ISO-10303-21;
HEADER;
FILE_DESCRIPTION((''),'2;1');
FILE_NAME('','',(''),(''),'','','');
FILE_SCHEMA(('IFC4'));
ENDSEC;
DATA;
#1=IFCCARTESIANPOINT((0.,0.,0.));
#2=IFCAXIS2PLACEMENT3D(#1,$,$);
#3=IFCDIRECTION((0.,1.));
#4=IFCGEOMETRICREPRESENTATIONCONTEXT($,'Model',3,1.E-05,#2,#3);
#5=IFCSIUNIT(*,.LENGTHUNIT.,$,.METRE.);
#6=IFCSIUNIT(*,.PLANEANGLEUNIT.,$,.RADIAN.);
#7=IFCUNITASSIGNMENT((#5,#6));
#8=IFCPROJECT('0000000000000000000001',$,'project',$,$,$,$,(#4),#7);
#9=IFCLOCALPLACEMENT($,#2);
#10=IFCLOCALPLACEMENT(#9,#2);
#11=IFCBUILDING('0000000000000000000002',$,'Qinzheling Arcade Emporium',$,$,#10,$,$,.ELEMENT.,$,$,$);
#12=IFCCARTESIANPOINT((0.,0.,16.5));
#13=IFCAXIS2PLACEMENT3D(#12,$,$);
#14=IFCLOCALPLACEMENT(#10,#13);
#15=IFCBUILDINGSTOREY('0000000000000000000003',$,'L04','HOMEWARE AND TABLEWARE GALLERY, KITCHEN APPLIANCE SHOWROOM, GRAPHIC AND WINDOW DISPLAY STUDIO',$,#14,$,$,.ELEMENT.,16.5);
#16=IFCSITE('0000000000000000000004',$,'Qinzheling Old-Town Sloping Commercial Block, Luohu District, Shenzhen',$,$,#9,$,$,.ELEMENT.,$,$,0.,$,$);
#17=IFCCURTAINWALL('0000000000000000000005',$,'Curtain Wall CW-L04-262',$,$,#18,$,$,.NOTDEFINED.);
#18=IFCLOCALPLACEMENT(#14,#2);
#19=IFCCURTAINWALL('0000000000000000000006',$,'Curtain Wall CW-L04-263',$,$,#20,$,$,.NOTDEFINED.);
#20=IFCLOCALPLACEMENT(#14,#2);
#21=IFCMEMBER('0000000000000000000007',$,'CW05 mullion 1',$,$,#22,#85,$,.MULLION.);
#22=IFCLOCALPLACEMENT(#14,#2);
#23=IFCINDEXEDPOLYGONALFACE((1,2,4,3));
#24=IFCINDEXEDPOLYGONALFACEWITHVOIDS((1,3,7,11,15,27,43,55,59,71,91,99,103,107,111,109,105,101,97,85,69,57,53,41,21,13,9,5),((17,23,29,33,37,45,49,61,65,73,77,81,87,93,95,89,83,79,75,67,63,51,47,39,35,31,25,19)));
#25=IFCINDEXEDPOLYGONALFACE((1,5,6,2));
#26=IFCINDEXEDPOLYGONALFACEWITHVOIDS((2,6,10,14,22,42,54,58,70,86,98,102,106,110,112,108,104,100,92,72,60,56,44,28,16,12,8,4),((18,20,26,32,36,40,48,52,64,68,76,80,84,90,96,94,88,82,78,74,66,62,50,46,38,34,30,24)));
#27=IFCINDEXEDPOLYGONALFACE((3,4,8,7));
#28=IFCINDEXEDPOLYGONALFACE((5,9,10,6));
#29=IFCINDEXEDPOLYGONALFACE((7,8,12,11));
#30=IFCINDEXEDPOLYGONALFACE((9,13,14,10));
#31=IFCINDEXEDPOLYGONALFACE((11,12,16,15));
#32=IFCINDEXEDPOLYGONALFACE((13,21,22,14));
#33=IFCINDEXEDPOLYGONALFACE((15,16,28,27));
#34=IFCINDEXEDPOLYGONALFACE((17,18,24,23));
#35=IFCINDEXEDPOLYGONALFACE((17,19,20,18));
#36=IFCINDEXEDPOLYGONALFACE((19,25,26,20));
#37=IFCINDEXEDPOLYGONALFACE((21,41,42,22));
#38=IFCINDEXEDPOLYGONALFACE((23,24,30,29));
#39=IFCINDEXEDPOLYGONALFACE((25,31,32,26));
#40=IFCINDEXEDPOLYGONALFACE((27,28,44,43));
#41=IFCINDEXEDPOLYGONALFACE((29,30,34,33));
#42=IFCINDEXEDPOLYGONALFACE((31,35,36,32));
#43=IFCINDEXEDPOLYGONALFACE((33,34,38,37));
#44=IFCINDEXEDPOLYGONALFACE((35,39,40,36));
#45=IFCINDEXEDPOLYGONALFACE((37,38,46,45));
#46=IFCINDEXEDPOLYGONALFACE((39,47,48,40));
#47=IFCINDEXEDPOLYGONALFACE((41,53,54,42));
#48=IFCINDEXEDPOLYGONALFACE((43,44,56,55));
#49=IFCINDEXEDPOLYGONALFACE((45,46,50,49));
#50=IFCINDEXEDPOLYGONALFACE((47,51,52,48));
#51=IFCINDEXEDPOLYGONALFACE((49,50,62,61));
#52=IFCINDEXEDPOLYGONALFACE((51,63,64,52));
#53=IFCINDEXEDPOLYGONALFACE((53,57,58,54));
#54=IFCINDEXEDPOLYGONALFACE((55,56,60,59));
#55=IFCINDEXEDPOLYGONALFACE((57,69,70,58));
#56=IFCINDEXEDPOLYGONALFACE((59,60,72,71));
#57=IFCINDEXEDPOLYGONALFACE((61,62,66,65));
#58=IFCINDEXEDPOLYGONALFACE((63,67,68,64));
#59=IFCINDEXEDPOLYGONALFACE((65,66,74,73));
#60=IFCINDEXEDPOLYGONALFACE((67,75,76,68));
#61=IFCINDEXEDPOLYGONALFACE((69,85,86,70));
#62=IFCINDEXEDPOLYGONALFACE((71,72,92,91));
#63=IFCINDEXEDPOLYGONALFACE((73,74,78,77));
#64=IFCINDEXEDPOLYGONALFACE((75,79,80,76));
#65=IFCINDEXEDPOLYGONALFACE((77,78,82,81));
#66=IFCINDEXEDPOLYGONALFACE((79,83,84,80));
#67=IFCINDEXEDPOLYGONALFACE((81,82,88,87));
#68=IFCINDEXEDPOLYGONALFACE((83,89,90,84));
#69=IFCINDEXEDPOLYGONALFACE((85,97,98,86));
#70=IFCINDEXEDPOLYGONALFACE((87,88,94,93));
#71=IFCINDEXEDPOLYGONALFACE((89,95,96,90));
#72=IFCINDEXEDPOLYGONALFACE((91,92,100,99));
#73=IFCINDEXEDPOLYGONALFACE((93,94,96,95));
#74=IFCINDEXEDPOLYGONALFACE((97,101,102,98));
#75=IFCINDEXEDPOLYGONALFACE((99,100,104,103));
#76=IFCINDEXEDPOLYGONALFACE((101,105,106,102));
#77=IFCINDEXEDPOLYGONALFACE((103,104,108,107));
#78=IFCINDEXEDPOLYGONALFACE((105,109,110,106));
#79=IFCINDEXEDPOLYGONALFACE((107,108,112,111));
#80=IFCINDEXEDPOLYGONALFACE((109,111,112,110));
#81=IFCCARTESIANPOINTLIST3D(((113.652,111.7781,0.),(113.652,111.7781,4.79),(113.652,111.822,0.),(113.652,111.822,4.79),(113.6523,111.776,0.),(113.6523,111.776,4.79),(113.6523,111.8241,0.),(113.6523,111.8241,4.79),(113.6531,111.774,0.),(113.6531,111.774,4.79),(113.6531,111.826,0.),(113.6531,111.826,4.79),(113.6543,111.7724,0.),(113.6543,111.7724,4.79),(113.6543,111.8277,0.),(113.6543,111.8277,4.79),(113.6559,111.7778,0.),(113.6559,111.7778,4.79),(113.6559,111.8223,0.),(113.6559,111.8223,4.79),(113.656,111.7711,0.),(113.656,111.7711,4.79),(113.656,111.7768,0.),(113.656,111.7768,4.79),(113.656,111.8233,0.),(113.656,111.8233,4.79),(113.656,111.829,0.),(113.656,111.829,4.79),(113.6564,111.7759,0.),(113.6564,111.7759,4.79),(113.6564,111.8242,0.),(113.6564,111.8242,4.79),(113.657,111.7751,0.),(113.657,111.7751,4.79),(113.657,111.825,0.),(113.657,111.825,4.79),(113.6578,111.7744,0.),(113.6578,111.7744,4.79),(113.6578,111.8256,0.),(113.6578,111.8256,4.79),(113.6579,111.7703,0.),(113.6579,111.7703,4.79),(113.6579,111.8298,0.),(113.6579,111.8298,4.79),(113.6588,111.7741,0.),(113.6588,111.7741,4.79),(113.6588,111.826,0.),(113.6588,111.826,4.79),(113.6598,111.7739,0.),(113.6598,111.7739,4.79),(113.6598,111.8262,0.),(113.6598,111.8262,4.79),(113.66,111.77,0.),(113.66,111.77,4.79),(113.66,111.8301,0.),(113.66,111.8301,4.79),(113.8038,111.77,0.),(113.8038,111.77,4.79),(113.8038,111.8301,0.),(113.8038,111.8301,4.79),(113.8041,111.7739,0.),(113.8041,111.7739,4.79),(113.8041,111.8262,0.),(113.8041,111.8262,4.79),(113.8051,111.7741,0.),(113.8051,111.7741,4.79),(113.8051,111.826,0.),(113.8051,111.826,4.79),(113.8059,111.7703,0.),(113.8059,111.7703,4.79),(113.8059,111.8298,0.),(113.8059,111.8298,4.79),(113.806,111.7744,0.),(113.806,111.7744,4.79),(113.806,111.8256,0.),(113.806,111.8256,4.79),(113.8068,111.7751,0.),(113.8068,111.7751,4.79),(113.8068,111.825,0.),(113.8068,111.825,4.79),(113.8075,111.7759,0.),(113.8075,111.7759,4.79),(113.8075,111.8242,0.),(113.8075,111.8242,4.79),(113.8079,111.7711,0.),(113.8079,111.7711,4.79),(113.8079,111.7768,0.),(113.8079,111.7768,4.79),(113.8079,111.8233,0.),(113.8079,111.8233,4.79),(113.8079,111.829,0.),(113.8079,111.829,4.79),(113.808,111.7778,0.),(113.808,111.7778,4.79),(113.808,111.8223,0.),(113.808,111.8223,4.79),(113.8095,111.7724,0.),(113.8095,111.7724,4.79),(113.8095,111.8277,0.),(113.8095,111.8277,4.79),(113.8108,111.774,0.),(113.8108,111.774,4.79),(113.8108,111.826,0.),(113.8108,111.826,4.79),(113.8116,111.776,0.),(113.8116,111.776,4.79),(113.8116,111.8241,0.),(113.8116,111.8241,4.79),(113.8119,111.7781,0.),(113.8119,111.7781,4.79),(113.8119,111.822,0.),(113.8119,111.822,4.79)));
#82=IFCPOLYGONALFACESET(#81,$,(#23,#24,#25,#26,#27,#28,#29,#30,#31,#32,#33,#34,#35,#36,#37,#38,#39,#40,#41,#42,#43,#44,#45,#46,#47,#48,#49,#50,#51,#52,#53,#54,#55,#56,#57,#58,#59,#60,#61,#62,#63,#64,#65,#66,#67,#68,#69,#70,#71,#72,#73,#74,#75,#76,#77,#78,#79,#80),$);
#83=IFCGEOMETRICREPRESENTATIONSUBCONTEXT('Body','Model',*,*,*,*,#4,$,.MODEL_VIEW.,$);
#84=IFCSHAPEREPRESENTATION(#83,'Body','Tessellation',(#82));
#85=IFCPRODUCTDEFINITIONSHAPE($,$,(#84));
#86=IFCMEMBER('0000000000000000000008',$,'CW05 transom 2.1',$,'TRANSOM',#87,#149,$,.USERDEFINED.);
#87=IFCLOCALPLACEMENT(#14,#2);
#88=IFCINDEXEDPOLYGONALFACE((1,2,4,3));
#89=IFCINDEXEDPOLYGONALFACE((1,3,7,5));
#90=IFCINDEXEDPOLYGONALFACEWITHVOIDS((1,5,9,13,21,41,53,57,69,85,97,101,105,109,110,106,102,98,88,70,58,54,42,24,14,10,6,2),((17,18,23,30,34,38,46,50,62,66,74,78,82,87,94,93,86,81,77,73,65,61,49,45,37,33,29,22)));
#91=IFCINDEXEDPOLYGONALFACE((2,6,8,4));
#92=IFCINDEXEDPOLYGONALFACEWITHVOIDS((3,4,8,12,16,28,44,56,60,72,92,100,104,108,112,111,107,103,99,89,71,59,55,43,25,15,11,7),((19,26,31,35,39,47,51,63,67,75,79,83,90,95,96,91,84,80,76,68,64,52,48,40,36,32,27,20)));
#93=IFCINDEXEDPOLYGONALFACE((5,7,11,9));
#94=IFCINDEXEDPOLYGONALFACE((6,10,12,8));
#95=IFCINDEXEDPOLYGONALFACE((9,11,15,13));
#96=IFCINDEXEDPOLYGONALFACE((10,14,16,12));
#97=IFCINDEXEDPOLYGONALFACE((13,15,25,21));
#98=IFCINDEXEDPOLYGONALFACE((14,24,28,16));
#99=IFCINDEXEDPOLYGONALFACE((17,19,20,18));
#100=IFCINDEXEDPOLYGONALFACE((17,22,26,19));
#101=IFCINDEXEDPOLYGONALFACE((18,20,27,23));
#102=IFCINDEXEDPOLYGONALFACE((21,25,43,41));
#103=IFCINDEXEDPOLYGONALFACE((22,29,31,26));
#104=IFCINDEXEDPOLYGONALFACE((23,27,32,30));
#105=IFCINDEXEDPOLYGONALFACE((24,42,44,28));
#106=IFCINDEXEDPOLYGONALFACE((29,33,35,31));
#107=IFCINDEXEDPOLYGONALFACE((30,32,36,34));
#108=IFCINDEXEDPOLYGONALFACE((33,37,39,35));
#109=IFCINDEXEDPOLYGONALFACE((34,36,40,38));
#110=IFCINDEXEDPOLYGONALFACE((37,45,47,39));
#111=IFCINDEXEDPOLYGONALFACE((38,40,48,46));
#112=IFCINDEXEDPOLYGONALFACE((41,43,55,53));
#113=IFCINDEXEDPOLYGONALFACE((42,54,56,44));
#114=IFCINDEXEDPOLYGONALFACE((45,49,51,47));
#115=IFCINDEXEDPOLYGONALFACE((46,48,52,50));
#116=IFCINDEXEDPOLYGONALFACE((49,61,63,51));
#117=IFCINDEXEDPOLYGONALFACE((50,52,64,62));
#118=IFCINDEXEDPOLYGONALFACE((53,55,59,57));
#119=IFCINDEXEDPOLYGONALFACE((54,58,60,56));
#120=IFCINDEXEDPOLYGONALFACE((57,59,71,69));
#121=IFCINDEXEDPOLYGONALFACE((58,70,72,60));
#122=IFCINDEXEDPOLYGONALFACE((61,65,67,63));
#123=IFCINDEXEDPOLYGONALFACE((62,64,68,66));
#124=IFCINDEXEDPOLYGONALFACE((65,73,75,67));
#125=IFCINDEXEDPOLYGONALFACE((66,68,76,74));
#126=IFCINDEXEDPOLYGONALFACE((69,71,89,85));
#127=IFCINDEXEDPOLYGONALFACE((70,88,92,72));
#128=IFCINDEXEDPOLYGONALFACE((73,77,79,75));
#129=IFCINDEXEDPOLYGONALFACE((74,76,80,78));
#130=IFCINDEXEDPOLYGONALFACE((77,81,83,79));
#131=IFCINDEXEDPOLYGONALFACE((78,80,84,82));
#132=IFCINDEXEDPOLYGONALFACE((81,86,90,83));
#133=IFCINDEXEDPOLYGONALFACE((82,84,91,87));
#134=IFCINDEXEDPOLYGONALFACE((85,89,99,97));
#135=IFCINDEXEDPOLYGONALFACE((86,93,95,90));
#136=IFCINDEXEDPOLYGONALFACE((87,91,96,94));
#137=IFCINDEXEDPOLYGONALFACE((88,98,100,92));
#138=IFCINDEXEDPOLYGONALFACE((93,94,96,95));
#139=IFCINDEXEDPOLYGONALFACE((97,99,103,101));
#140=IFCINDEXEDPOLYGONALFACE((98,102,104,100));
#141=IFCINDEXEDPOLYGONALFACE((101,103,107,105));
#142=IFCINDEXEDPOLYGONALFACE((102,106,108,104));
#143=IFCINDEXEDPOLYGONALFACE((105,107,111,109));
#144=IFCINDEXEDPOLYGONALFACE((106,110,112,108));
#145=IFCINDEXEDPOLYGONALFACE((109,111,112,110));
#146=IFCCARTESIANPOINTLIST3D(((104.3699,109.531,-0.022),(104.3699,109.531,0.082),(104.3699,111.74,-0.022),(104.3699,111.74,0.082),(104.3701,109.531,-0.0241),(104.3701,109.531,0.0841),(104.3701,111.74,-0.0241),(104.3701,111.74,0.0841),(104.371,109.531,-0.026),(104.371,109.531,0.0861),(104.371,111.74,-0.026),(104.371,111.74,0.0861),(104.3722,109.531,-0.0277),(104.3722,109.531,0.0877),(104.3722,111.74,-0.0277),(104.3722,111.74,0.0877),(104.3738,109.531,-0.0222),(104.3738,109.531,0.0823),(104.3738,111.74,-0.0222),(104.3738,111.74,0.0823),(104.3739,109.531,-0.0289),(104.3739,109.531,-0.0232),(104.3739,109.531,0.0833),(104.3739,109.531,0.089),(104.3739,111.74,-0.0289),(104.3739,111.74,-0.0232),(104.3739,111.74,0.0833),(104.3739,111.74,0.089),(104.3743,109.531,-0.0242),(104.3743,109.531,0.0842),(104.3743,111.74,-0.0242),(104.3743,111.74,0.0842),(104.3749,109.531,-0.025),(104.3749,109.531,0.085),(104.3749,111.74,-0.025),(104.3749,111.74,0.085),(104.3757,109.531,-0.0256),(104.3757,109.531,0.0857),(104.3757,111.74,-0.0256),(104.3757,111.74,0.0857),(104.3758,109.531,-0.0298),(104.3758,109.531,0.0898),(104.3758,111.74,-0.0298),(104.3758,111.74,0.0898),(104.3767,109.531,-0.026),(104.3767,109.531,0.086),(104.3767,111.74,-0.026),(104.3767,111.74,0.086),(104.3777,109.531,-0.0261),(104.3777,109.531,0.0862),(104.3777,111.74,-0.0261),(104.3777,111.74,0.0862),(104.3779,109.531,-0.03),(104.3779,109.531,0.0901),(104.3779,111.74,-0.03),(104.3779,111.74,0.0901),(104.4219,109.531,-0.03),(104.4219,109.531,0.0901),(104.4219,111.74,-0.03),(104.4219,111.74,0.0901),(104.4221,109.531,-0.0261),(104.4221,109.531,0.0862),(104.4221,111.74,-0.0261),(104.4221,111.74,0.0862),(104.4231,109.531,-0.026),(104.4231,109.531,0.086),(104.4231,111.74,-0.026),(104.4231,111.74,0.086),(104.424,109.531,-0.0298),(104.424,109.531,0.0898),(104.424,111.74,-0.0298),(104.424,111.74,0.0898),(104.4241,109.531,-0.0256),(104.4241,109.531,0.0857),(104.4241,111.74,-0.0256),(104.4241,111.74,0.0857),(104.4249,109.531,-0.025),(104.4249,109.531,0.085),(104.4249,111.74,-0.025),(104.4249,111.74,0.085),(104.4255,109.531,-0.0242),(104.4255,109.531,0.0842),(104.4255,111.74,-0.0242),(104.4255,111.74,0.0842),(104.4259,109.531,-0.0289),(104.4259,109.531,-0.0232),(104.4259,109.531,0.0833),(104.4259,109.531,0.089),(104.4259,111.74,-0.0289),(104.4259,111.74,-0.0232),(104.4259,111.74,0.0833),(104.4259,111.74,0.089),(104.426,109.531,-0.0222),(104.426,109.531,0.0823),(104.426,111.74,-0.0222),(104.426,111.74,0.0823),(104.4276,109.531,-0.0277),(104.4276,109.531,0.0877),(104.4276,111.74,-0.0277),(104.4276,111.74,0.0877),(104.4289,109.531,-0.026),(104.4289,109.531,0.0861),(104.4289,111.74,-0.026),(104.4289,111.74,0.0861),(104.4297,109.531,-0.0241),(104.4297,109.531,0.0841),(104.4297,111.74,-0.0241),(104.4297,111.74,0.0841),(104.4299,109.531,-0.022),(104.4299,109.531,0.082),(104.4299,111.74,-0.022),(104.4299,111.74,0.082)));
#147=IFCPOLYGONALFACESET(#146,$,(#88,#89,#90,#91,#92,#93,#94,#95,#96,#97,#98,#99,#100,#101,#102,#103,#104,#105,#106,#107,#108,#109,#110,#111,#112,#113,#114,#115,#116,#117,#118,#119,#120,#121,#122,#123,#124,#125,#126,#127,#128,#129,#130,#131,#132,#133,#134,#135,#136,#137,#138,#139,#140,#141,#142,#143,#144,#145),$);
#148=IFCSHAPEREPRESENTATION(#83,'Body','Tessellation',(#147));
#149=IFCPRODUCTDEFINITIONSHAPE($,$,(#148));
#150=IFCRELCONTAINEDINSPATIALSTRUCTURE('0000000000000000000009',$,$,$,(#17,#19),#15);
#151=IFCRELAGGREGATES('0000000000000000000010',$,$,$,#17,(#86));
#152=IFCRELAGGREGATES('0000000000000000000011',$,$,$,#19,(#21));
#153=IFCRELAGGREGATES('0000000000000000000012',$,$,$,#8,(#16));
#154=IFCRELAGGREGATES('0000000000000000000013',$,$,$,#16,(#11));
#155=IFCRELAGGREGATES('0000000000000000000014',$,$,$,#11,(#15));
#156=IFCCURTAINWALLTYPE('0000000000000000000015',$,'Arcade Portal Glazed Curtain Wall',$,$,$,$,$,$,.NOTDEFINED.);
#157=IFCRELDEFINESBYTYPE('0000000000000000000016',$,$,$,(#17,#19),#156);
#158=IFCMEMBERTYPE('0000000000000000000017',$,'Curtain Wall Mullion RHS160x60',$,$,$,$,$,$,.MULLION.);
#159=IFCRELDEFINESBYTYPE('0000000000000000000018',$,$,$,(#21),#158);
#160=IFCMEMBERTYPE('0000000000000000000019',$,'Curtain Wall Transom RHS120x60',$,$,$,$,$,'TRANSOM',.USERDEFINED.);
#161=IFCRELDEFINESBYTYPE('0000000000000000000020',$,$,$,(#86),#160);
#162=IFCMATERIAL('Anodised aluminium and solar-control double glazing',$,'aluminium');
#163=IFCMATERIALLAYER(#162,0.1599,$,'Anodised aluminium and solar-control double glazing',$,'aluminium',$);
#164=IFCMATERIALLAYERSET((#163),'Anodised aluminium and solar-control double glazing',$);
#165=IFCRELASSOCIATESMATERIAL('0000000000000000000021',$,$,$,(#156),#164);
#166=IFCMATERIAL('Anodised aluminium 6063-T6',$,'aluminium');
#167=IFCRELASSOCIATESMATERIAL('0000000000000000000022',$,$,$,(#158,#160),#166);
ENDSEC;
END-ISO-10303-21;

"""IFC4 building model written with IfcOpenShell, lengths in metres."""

from ifc_helpers import new_model, si_unit, direction, frame, origin, origin_2d, place, context, subcontext, project, spatial, hollow_rectangle, extrude, material, layer, layer_set, material_profile, profile_set, type_object, element, aggregate, save


model = new_model("IFC4")

# Units and contexts
model_context = context("Model", 3, precision=1e-05, world=origin(), true_north=direction((0.0, 1.0)))
body_context = subcontext(model_context, "Body", "Model", "MODEL_VIEW")
ifc_project = project(units=[si_unit("LENGTHUNIT", "METRE"), si_unit("PLANEANGLEUNIT", "RADIAN")], contexts=[model_context])

# Site, building, storey
site_placement = place(None, origin())
site = spatial("IfcSite", under=ifc_project, at=site_placement, Name="Qinzheling Old-Town Sloping Commercial Block, Luohu District, Shenzhen", CompositionType="ELEMENT", RefElevation=0.0)
building_placement = place(site_placement, origin())
building = spatial("IfcBuilding", under=site, at=building_placement, Name="Qinzheling Arcade Emporium", CompositionType="ELEMENT")
storey_placement = place(building_placement, frame((0.0, 0.0, 16.5)))
storey = spatial("IfcBuildingStorey", under=building, at=storey_placement, Name="L04", Description="HOMEWARE AND TABLEWARE GALLERY, KITCHEN APPLIANCE SHOWROOM, GRAPHIC AND WINDOW DISPLAY STUDIO", CompositionType="ELEMENT", Elevation=16.5)

# Curtain wall
ifc_material_1 = material(Name="Anodised aluminium and solar-control double glazing", Category="aluminium")
ifc_layer_1 = layer(ifc_material_1, 0.1599, Name="Anodised aluminium and solar-control double glazing", Category="aluminium")
ifc_layer_set_1 = layer_set([ifc_layer_1], Name="Anodised aluminium and solar-control double glazing")
curtain_wall_type = type_object("IfcCurtainWallType", Name="Arcade Portal Glazed Curtain Wall", PredefinedType="NOTDEFINED", material=ifc_layer_set_1)
curtain_wall_1_placement = place(storey_placement, origin())
curtain_wall_1 = element("IfcCurtainWall", 1, at=curtain_wall_1_placement, inside=storey, type_object=curtain_wall_type, Name="Curtain Wall CW-L04-262", PredefinedType="NOTDEFINED")
ifc_material_2 = material(Name="Anodised aluminium 6063-T6", Category="aluminium")
ifc_material_profile_1 = material_profile(ifc_material_2, hollow_rectangle(XDim=0.0601, YDim=0.1599, WallThickness=0.0039, InnerFilletRadius=0.0039, OuterFilletRadius=0.0081, at=origin_2d()), Name="RHS 160x60x4", Category="aluminium")
ifc_profile_set_1 = profile_set([ifc_material_profile_1], Name="Anodised aluminium 6063-T6")
member_type_1 = type_object("IfcMemberType", Name="Curtain Wall Mullion RHS160x60", PredefinedType="MULLION", material=ifc_profile_set_1)

# Curtain wall, member
curtain_wall_2_placement = place(storey_placement, origin())
curtain_wall_2 = element("IfcCurtainWall", 2, at=curtain_wall_2_placement, inside=storey, type_object=curtain_wall_type, Name="Curtain Wall CW-L04-263", PredefinedType="NOTDEFINED")
member_1_placement = place(storey_placement, frame((113.7319, 111.8, 0.0), z_axis=(0.0, 0.0, 1.0), x_axis=(0.0, 1.0, 0.0)))
member_1 = element("IfcMember", 3, at=member_1_placement, type_object=member_type_1, Name="CW05 mullion 1", PredefinedType="MULLION", context=body_context, shape_type="SweptSolid", body=[
    extrude(hollow_rectangle(XDim=0.0601, YDim=0.1599, WallThickness=0.0039, InnerFilletRadius=0.0039, OuterFilletRadius=0.0081, at=origin_2d()), origin(), (0.0, 0.0, 1.0), 4.79),
])

# Member
ifc_material_profile_2 = material_profile(ifc_material_2, hollow_rectangle(XDim=0.0601, YDim=0.1201, WallThickness=0.0039, InnerFilletRadius=0.0039, OuterFilletRadius=0.0081, at=origin_2d()), Name="RHS 120x60x4", Category="aluminium")
ifc_profile_set_2 = profile_set([ifc_material_profile_2], Name="Anodised aluminium 6063-T6")
member_type_2 = type_object("IfcMemberType", Name="Curtain Wall Transom RHS120x60", ElementType="TRANSOM", PredefinedType="USERDEFINED", material=ifc_profile_set_2)
member_2_placement = place(storey_placement, frame((104.3999, 109.531, 0.03), z_axis=(0.0, 1.0, 0.0), x_axis=(-1.0, 0.0, 0.0)))
member_2 = element("IfcMember", 4, at=member_2_placement, type_object=member_type_2, Name="CW05 transom 2.1", ObjectType="TRANSOM", PredefinedType="USERDEFINED", context=body_context, shape_type="SweptSolid", body=[
    extrude(hollow_rectangle(XDim=0.0601, YDim=0.1201, WallThickness=0.0039, InnerFilletRadius=0.0039, OuterFilletRadius=0.0081, at=origin_2d()), origin(), (0.0, 0.0, 1.0), 2.209),
])

aggregate(curtain_wall_1, [member_2])
aggregate(curtain_wall_2, [member_1])

save(model, "model.ifc")
